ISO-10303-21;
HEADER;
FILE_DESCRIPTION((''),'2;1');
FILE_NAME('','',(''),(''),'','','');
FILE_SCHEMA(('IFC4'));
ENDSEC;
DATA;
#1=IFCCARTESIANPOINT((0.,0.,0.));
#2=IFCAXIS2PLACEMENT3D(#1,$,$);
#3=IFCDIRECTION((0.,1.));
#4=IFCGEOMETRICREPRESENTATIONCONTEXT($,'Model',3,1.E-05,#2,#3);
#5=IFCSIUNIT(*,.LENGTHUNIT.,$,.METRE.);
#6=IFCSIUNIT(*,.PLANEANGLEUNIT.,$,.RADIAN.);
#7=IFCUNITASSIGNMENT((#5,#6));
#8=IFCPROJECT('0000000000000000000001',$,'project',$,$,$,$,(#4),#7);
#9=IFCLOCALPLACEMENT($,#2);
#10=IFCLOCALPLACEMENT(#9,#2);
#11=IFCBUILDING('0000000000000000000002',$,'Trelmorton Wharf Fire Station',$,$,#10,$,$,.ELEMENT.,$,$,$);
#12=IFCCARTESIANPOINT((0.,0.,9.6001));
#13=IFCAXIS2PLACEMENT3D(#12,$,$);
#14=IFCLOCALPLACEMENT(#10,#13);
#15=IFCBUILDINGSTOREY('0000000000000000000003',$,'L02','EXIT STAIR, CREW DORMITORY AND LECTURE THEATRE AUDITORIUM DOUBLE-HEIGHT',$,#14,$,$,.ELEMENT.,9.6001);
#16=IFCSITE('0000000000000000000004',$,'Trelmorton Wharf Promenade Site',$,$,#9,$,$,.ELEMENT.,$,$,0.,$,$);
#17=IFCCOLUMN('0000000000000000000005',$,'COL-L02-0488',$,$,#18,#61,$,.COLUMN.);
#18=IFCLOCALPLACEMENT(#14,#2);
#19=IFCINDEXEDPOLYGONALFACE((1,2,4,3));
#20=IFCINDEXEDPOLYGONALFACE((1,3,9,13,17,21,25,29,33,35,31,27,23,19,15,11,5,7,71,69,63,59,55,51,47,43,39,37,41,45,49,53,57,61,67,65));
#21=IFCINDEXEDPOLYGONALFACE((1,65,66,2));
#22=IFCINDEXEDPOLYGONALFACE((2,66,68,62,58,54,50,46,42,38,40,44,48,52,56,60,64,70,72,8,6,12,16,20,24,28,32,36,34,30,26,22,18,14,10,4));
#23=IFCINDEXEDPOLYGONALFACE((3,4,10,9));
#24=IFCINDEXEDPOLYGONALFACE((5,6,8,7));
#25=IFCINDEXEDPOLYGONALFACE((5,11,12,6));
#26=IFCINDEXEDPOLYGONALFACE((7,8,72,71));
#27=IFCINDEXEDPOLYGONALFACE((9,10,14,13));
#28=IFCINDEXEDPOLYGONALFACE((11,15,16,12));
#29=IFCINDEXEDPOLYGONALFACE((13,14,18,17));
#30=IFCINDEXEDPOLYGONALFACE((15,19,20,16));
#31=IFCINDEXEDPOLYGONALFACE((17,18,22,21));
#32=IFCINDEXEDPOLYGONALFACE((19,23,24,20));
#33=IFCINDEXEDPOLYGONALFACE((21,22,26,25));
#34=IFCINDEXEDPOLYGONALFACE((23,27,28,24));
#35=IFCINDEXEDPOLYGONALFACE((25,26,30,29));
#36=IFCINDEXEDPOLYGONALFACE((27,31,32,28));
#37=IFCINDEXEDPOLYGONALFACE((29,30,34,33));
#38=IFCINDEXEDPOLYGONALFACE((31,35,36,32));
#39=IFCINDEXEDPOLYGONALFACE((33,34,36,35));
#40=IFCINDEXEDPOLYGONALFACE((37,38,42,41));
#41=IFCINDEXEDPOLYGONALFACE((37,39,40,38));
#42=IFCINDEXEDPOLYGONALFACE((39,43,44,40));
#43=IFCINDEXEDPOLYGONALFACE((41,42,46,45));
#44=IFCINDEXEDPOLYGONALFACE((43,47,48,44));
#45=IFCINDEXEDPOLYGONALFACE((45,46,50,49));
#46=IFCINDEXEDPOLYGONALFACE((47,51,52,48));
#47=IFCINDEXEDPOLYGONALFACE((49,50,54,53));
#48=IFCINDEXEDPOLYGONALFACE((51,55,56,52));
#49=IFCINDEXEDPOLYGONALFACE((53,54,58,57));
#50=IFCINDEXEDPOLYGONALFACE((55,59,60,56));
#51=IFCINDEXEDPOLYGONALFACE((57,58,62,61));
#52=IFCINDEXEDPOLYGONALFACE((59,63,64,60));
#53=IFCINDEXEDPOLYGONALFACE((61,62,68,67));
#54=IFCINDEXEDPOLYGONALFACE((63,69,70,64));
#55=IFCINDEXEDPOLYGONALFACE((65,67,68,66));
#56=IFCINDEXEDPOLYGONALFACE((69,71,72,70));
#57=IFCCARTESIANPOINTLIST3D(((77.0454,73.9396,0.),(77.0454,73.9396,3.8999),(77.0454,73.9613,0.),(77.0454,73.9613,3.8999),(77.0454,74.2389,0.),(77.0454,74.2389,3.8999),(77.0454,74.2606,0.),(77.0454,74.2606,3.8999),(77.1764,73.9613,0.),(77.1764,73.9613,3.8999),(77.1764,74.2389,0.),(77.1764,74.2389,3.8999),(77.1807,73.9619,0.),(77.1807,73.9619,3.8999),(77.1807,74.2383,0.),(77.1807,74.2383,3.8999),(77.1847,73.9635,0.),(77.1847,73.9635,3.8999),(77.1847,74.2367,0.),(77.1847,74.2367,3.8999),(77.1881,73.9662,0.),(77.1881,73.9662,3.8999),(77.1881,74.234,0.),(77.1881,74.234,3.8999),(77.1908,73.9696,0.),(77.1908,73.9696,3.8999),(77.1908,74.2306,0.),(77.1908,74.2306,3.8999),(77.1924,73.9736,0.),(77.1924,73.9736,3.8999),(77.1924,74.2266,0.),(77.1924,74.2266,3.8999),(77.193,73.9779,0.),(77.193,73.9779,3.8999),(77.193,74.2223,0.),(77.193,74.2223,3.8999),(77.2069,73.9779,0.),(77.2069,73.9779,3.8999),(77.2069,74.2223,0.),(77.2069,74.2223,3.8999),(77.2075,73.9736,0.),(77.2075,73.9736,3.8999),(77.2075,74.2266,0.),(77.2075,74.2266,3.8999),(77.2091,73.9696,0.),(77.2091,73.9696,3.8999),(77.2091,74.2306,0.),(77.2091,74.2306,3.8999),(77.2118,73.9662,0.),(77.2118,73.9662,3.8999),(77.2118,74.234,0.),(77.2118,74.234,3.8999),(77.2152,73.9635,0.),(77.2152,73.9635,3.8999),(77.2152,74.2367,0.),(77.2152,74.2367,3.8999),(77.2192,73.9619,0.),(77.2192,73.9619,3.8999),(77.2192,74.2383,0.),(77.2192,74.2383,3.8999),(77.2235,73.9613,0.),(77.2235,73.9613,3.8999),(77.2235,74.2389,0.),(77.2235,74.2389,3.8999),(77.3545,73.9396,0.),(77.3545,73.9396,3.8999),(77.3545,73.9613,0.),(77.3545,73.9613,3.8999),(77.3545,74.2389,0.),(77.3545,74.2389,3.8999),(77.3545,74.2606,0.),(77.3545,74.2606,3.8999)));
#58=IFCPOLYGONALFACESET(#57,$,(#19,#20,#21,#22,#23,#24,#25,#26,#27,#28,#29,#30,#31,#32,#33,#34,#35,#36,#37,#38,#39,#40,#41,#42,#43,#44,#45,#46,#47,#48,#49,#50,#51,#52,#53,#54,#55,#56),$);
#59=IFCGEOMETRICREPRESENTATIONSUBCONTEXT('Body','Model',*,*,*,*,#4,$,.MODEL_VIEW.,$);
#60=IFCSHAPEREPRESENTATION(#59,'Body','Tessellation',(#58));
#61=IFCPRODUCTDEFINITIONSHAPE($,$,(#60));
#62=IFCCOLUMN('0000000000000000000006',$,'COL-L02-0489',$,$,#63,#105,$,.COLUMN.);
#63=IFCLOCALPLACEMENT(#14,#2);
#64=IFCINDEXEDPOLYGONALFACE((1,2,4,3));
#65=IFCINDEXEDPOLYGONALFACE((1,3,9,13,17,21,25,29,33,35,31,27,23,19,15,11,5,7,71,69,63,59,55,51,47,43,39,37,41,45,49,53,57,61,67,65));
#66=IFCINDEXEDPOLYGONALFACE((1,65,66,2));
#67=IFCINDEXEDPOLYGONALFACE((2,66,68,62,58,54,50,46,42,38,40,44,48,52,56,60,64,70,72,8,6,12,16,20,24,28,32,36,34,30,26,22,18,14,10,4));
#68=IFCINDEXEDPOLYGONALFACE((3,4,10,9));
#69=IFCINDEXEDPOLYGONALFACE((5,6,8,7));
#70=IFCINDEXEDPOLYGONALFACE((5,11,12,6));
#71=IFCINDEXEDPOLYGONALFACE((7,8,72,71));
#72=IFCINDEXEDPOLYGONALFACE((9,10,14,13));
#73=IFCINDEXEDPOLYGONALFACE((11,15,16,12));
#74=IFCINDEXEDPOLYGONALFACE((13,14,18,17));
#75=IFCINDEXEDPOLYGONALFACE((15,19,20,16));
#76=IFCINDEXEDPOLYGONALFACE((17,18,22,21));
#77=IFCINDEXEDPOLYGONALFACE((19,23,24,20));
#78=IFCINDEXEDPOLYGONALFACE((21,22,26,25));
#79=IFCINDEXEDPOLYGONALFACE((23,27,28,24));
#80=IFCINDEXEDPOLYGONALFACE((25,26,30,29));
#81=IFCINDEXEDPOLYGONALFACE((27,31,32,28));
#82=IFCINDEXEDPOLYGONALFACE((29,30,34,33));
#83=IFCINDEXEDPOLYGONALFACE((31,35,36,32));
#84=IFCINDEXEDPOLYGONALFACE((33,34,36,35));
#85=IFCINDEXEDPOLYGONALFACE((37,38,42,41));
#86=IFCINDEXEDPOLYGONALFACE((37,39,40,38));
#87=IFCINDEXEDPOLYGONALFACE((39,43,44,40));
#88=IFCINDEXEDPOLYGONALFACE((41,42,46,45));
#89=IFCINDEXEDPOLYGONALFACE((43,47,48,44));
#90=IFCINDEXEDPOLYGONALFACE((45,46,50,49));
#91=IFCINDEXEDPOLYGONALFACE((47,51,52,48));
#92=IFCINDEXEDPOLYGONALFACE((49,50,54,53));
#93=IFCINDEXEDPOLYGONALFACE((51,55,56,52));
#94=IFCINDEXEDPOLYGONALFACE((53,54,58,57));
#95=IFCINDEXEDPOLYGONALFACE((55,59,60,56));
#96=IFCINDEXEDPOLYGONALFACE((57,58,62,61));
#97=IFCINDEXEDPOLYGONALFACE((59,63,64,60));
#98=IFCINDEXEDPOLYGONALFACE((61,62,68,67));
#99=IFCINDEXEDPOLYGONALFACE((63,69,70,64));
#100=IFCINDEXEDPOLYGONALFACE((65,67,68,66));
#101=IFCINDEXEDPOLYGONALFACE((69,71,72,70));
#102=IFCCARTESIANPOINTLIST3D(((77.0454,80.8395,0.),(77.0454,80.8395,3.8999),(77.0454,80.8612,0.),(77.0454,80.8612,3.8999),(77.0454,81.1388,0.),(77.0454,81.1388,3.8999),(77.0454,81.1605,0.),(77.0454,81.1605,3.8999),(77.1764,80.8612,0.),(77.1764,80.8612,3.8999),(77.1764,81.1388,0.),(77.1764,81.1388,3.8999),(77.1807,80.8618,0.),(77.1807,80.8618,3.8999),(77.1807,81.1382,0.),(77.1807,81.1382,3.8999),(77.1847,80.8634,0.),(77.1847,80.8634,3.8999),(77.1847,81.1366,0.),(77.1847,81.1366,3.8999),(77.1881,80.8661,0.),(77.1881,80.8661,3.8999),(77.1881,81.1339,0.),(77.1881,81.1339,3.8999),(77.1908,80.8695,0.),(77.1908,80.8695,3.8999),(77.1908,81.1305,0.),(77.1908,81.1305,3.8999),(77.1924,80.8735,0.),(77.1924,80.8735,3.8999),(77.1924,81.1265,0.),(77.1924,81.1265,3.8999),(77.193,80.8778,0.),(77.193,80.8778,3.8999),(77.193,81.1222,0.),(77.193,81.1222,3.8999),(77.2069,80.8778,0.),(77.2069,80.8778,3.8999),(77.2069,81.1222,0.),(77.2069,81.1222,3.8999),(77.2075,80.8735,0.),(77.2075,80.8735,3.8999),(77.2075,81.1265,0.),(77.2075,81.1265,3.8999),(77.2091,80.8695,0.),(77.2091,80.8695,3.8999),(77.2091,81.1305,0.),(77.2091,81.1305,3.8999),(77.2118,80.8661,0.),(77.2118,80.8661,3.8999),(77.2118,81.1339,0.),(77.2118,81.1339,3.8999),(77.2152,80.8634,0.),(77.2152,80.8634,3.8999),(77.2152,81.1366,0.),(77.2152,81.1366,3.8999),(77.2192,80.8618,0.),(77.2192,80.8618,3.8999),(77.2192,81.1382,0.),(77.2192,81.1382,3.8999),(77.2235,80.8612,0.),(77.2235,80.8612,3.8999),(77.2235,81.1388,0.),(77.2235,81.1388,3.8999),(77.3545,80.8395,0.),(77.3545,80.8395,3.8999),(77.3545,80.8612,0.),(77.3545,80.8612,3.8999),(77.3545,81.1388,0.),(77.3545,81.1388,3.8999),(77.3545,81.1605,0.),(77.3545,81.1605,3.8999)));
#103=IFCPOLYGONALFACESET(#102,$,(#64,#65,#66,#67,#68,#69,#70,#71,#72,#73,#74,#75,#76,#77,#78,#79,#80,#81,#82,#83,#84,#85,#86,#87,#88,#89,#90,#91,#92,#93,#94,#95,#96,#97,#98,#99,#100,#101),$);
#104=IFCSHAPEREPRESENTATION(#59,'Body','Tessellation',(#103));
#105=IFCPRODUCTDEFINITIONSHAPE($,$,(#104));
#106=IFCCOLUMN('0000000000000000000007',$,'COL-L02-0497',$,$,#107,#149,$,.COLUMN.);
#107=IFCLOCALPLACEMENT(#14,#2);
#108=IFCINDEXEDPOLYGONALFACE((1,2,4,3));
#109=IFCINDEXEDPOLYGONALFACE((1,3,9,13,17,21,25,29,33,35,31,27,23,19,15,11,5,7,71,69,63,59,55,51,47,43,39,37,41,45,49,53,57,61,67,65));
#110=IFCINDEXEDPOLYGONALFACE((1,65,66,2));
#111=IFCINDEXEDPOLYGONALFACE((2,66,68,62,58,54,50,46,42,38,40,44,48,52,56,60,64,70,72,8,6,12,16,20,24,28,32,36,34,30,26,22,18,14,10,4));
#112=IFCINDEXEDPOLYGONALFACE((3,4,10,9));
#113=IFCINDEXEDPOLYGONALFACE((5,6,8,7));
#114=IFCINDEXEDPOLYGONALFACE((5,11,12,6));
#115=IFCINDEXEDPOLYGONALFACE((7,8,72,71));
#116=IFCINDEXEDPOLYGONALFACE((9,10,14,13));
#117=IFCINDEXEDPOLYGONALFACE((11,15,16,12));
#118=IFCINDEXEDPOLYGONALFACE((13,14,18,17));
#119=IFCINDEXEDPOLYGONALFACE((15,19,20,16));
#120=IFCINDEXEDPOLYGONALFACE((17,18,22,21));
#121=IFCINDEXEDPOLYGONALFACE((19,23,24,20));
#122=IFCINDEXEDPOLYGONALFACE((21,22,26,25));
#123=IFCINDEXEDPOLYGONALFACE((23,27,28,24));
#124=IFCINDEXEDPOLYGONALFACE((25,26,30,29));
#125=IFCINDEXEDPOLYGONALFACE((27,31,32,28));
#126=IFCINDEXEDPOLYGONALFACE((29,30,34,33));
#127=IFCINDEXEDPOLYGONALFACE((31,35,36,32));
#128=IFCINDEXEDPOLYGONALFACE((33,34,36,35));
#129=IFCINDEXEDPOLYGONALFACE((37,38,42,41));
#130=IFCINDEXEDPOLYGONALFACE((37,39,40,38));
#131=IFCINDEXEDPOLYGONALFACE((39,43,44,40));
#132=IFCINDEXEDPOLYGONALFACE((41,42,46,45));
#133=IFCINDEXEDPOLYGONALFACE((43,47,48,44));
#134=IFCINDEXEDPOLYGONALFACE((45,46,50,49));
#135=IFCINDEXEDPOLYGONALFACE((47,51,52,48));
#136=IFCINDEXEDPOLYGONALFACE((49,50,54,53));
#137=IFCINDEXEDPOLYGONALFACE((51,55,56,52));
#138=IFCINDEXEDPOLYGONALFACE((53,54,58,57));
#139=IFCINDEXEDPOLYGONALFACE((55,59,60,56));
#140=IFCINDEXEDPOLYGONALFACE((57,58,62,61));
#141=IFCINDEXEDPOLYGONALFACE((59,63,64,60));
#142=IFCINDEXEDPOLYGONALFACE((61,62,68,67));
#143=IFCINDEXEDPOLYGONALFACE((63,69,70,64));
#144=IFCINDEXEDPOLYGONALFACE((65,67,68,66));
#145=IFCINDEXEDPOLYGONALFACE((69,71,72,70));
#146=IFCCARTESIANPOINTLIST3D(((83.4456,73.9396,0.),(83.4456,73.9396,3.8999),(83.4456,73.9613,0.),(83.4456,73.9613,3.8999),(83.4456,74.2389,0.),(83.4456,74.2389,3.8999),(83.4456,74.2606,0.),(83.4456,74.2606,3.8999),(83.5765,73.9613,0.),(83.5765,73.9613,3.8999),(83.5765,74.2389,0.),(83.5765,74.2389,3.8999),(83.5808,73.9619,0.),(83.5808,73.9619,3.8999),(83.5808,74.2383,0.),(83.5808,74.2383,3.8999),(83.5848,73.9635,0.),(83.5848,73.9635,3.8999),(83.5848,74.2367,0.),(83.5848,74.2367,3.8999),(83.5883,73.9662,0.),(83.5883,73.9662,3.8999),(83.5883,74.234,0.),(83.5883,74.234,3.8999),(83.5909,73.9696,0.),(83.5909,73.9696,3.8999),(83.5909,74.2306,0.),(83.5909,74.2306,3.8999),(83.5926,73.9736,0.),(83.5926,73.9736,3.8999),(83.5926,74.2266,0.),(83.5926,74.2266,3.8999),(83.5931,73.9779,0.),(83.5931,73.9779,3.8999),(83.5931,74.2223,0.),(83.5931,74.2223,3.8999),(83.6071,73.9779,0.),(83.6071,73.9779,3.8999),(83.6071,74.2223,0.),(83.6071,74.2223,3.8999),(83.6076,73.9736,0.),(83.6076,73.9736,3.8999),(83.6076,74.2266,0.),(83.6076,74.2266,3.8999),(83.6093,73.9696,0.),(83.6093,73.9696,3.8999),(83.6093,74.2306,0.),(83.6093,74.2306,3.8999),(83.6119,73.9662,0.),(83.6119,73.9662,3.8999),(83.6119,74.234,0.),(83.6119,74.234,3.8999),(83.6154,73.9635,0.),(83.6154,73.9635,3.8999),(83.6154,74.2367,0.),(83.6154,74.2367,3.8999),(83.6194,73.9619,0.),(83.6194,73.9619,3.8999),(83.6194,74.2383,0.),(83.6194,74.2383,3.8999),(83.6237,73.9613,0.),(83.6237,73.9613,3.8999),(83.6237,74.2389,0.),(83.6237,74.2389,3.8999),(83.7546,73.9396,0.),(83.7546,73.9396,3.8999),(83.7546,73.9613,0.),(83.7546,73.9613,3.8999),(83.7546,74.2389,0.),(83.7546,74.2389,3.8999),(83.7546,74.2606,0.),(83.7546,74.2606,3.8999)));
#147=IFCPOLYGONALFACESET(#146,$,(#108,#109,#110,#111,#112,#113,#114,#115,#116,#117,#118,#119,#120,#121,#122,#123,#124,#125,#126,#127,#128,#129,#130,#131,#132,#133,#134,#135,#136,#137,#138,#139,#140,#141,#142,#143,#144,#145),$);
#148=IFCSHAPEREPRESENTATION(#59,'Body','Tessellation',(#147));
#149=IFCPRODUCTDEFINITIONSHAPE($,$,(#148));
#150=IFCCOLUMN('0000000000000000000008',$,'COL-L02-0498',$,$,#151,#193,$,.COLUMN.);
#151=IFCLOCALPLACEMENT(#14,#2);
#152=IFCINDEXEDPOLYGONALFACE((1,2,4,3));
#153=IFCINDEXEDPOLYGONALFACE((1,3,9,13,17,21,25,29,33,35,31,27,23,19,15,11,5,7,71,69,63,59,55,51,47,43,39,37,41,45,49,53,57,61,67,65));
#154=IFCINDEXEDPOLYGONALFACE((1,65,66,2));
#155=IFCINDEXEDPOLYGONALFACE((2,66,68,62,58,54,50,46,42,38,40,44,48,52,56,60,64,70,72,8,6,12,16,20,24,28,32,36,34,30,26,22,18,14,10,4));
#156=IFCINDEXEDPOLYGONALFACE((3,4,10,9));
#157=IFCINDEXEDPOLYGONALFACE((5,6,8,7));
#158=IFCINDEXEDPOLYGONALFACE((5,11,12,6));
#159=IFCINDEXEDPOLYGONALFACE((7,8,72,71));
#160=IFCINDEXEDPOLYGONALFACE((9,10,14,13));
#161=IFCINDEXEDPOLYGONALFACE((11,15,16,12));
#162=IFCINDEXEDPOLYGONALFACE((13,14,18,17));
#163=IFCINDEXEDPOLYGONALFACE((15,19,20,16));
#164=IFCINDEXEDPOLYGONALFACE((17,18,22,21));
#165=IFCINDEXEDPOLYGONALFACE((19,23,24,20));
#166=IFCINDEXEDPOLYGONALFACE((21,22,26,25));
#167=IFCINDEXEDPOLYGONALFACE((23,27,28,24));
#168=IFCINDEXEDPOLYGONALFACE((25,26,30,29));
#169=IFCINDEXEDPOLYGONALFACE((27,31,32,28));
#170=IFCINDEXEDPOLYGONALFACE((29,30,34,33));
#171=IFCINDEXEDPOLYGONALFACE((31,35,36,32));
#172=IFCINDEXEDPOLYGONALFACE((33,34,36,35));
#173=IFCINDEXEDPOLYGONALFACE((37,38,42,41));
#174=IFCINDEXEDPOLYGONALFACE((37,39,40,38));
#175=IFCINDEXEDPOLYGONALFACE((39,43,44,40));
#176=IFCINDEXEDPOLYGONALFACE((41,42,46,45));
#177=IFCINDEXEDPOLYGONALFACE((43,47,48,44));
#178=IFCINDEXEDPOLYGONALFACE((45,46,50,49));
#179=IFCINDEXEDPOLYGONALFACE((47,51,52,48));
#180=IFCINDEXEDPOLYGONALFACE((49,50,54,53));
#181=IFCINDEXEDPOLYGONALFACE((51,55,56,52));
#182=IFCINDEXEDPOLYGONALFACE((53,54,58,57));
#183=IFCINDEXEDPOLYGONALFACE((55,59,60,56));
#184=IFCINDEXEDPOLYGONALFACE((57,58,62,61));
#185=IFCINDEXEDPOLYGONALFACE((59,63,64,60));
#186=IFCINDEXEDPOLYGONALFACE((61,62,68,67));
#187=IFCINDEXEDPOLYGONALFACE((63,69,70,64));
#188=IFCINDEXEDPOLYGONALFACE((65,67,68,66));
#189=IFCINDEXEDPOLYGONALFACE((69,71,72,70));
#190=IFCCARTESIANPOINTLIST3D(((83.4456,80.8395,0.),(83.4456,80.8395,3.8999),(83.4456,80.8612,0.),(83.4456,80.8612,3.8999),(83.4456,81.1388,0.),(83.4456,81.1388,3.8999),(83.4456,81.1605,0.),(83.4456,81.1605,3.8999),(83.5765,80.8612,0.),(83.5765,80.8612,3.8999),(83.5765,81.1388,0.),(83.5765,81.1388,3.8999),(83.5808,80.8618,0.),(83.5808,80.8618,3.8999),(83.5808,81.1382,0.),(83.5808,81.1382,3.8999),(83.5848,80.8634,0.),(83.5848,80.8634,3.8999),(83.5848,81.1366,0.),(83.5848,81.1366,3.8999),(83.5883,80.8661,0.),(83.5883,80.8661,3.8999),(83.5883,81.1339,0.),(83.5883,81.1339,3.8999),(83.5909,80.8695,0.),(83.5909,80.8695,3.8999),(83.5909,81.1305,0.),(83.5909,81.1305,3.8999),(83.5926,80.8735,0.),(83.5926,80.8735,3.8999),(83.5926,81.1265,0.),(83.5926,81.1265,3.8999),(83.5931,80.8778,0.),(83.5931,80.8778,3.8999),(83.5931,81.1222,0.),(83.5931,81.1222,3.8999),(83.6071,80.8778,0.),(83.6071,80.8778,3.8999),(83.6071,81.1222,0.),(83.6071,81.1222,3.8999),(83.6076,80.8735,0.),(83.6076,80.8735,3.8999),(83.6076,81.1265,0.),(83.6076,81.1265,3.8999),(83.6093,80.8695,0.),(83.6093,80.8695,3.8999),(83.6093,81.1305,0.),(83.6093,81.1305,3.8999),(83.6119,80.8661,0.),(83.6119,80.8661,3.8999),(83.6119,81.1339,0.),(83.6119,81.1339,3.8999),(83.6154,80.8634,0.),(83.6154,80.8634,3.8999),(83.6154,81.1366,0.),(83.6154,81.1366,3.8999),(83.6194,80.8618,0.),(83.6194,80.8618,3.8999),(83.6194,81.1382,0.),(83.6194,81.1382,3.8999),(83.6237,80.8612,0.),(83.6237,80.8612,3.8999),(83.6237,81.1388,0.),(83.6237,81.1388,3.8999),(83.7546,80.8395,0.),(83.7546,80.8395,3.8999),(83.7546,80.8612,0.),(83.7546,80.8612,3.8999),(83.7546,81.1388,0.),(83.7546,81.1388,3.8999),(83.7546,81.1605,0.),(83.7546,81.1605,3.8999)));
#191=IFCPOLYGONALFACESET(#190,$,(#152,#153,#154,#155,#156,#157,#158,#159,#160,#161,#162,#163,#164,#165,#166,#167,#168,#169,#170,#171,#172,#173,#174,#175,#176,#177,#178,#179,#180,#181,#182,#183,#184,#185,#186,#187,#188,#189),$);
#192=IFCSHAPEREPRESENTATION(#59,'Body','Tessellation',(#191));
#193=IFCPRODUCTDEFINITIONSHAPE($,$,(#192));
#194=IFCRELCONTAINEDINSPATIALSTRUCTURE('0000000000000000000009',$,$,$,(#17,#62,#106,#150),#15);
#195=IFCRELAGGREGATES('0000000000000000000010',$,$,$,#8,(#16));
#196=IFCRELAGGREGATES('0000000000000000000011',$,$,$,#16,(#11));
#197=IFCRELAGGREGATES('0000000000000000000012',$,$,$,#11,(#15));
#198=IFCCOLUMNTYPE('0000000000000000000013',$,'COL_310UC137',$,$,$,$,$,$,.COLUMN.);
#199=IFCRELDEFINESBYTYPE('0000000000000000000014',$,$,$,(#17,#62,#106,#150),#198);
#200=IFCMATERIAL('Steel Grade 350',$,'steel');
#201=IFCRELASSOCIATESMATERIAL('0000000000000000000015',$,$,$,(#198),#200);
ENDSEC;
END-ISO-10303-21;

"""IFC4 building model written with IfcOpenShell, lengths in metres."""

from ifc_helpers import new_model, si_unit, direction, frame, origin, origin_2d, place, context, subcontext, project, spatial, i_section, extrude, material, material_profile, profile_set, type_object, element, save


model = new_model("IFC4")

# Units and contexts
model_context = context("Model", 3, precision=1e-05, world=origin(), true_north=direction((0.0, 1.0)))
body_context = subcontext(model_context, "Body", "Model", "MODEL_VIEW")
ifc_project = project(units=[si_unit("LENGTHUNIT", "METRE"), si_unit("PLANEANGLEUNIT", "RADIAN")], contexts=[model_context])

# Site, building, storey
site_placement = place(None, origin())
site = spatial("IfcSite", under=ifc_project, at=site_placement, Name="Trelmorton Wharf Promenade Site", CompositionType="ELEMENT", RefElevation=0.0)
building_placement = place(site_placement, origin())
building = spatial("IfcBuilding", under=site, at=building_placement, Name="Trelmorton Wharf Fire Station", CompositionType="ELEMENT")
storey_placement = place(building_placement, frame((0.0, 0.0, 9.6001)))
storey = spatial("IfcBuildingStorey", under=building, at=storey_placement, Name="L02", Description="EXIT STAIR, CREW DORMITORY AND LECTURE THEATRE AUDITORIUM DOUBLE-HEIGHT", CompositionType="ELEMENT", Elevation=9.6001)

# Columns
ifc_material_1 = material(Name="Steel Grade 350", Category="steel")
ifc_material_profile_1 = material_profile(ifc_material_1, i_section(OverallWidth=0.3091, OverallDepth=0.321, WebThickness=0.0139, FlangeThickness=0.0217, FilletRadius=0.0166, at=origin_2d()), Name="310UC137")
ifc_profile_set_1 = profile_set([ifc_material_profile_1], Name="Steel Grade 350")
column_type = type_object("IfcColumnType", Name="COL_310UC137", PredefinedType="COLUMN", material=ifc_profile_set_1)
for number, where, z_axis, x_axis, name in (
    (1, (77.2, 74.1001, 0.0), (0.0, 0.0, 1.0), (1.0, 0.0, 0.0), "COL-L02-0488"),
    (2, (77.2, 81.0, 0.0), (0.0, 0.0, 1.0), (1.0, 0.0, 0.0), "COL-L02-0489"),
    (3, (83.6001, 74.1001, 0.0), (0.0, 0.0, 1.0), (1.0, 0.0, 0.0), "COL-L02-0497"),
    (4, (83.6001, 81.0, 0.0), (0.0, 0.0, 1.0), (1.0, 0.0, 0.0), "COL-L02-0498"),
):
    element("IfcColumn", number, at=place(storey_placement, frame(where, z_axis=z_axis, x_axis=x_axis)), inside=storey, type_object=column_type, Name=name, PredefinedType="COLUMN", context=body_context, shape_type="SweptSolid", body=[
        extrude(i_section(OverallWidth=0.3091, OverallDepth=0.321, WebThickness=0.0139, FlangeThickness=0.0217, FilletRadius=0.0166, at=origin_2d()), origin(), (0.0, 0.0, 1.0), 3.8999),
    ])

save(model, "model.ifc")
